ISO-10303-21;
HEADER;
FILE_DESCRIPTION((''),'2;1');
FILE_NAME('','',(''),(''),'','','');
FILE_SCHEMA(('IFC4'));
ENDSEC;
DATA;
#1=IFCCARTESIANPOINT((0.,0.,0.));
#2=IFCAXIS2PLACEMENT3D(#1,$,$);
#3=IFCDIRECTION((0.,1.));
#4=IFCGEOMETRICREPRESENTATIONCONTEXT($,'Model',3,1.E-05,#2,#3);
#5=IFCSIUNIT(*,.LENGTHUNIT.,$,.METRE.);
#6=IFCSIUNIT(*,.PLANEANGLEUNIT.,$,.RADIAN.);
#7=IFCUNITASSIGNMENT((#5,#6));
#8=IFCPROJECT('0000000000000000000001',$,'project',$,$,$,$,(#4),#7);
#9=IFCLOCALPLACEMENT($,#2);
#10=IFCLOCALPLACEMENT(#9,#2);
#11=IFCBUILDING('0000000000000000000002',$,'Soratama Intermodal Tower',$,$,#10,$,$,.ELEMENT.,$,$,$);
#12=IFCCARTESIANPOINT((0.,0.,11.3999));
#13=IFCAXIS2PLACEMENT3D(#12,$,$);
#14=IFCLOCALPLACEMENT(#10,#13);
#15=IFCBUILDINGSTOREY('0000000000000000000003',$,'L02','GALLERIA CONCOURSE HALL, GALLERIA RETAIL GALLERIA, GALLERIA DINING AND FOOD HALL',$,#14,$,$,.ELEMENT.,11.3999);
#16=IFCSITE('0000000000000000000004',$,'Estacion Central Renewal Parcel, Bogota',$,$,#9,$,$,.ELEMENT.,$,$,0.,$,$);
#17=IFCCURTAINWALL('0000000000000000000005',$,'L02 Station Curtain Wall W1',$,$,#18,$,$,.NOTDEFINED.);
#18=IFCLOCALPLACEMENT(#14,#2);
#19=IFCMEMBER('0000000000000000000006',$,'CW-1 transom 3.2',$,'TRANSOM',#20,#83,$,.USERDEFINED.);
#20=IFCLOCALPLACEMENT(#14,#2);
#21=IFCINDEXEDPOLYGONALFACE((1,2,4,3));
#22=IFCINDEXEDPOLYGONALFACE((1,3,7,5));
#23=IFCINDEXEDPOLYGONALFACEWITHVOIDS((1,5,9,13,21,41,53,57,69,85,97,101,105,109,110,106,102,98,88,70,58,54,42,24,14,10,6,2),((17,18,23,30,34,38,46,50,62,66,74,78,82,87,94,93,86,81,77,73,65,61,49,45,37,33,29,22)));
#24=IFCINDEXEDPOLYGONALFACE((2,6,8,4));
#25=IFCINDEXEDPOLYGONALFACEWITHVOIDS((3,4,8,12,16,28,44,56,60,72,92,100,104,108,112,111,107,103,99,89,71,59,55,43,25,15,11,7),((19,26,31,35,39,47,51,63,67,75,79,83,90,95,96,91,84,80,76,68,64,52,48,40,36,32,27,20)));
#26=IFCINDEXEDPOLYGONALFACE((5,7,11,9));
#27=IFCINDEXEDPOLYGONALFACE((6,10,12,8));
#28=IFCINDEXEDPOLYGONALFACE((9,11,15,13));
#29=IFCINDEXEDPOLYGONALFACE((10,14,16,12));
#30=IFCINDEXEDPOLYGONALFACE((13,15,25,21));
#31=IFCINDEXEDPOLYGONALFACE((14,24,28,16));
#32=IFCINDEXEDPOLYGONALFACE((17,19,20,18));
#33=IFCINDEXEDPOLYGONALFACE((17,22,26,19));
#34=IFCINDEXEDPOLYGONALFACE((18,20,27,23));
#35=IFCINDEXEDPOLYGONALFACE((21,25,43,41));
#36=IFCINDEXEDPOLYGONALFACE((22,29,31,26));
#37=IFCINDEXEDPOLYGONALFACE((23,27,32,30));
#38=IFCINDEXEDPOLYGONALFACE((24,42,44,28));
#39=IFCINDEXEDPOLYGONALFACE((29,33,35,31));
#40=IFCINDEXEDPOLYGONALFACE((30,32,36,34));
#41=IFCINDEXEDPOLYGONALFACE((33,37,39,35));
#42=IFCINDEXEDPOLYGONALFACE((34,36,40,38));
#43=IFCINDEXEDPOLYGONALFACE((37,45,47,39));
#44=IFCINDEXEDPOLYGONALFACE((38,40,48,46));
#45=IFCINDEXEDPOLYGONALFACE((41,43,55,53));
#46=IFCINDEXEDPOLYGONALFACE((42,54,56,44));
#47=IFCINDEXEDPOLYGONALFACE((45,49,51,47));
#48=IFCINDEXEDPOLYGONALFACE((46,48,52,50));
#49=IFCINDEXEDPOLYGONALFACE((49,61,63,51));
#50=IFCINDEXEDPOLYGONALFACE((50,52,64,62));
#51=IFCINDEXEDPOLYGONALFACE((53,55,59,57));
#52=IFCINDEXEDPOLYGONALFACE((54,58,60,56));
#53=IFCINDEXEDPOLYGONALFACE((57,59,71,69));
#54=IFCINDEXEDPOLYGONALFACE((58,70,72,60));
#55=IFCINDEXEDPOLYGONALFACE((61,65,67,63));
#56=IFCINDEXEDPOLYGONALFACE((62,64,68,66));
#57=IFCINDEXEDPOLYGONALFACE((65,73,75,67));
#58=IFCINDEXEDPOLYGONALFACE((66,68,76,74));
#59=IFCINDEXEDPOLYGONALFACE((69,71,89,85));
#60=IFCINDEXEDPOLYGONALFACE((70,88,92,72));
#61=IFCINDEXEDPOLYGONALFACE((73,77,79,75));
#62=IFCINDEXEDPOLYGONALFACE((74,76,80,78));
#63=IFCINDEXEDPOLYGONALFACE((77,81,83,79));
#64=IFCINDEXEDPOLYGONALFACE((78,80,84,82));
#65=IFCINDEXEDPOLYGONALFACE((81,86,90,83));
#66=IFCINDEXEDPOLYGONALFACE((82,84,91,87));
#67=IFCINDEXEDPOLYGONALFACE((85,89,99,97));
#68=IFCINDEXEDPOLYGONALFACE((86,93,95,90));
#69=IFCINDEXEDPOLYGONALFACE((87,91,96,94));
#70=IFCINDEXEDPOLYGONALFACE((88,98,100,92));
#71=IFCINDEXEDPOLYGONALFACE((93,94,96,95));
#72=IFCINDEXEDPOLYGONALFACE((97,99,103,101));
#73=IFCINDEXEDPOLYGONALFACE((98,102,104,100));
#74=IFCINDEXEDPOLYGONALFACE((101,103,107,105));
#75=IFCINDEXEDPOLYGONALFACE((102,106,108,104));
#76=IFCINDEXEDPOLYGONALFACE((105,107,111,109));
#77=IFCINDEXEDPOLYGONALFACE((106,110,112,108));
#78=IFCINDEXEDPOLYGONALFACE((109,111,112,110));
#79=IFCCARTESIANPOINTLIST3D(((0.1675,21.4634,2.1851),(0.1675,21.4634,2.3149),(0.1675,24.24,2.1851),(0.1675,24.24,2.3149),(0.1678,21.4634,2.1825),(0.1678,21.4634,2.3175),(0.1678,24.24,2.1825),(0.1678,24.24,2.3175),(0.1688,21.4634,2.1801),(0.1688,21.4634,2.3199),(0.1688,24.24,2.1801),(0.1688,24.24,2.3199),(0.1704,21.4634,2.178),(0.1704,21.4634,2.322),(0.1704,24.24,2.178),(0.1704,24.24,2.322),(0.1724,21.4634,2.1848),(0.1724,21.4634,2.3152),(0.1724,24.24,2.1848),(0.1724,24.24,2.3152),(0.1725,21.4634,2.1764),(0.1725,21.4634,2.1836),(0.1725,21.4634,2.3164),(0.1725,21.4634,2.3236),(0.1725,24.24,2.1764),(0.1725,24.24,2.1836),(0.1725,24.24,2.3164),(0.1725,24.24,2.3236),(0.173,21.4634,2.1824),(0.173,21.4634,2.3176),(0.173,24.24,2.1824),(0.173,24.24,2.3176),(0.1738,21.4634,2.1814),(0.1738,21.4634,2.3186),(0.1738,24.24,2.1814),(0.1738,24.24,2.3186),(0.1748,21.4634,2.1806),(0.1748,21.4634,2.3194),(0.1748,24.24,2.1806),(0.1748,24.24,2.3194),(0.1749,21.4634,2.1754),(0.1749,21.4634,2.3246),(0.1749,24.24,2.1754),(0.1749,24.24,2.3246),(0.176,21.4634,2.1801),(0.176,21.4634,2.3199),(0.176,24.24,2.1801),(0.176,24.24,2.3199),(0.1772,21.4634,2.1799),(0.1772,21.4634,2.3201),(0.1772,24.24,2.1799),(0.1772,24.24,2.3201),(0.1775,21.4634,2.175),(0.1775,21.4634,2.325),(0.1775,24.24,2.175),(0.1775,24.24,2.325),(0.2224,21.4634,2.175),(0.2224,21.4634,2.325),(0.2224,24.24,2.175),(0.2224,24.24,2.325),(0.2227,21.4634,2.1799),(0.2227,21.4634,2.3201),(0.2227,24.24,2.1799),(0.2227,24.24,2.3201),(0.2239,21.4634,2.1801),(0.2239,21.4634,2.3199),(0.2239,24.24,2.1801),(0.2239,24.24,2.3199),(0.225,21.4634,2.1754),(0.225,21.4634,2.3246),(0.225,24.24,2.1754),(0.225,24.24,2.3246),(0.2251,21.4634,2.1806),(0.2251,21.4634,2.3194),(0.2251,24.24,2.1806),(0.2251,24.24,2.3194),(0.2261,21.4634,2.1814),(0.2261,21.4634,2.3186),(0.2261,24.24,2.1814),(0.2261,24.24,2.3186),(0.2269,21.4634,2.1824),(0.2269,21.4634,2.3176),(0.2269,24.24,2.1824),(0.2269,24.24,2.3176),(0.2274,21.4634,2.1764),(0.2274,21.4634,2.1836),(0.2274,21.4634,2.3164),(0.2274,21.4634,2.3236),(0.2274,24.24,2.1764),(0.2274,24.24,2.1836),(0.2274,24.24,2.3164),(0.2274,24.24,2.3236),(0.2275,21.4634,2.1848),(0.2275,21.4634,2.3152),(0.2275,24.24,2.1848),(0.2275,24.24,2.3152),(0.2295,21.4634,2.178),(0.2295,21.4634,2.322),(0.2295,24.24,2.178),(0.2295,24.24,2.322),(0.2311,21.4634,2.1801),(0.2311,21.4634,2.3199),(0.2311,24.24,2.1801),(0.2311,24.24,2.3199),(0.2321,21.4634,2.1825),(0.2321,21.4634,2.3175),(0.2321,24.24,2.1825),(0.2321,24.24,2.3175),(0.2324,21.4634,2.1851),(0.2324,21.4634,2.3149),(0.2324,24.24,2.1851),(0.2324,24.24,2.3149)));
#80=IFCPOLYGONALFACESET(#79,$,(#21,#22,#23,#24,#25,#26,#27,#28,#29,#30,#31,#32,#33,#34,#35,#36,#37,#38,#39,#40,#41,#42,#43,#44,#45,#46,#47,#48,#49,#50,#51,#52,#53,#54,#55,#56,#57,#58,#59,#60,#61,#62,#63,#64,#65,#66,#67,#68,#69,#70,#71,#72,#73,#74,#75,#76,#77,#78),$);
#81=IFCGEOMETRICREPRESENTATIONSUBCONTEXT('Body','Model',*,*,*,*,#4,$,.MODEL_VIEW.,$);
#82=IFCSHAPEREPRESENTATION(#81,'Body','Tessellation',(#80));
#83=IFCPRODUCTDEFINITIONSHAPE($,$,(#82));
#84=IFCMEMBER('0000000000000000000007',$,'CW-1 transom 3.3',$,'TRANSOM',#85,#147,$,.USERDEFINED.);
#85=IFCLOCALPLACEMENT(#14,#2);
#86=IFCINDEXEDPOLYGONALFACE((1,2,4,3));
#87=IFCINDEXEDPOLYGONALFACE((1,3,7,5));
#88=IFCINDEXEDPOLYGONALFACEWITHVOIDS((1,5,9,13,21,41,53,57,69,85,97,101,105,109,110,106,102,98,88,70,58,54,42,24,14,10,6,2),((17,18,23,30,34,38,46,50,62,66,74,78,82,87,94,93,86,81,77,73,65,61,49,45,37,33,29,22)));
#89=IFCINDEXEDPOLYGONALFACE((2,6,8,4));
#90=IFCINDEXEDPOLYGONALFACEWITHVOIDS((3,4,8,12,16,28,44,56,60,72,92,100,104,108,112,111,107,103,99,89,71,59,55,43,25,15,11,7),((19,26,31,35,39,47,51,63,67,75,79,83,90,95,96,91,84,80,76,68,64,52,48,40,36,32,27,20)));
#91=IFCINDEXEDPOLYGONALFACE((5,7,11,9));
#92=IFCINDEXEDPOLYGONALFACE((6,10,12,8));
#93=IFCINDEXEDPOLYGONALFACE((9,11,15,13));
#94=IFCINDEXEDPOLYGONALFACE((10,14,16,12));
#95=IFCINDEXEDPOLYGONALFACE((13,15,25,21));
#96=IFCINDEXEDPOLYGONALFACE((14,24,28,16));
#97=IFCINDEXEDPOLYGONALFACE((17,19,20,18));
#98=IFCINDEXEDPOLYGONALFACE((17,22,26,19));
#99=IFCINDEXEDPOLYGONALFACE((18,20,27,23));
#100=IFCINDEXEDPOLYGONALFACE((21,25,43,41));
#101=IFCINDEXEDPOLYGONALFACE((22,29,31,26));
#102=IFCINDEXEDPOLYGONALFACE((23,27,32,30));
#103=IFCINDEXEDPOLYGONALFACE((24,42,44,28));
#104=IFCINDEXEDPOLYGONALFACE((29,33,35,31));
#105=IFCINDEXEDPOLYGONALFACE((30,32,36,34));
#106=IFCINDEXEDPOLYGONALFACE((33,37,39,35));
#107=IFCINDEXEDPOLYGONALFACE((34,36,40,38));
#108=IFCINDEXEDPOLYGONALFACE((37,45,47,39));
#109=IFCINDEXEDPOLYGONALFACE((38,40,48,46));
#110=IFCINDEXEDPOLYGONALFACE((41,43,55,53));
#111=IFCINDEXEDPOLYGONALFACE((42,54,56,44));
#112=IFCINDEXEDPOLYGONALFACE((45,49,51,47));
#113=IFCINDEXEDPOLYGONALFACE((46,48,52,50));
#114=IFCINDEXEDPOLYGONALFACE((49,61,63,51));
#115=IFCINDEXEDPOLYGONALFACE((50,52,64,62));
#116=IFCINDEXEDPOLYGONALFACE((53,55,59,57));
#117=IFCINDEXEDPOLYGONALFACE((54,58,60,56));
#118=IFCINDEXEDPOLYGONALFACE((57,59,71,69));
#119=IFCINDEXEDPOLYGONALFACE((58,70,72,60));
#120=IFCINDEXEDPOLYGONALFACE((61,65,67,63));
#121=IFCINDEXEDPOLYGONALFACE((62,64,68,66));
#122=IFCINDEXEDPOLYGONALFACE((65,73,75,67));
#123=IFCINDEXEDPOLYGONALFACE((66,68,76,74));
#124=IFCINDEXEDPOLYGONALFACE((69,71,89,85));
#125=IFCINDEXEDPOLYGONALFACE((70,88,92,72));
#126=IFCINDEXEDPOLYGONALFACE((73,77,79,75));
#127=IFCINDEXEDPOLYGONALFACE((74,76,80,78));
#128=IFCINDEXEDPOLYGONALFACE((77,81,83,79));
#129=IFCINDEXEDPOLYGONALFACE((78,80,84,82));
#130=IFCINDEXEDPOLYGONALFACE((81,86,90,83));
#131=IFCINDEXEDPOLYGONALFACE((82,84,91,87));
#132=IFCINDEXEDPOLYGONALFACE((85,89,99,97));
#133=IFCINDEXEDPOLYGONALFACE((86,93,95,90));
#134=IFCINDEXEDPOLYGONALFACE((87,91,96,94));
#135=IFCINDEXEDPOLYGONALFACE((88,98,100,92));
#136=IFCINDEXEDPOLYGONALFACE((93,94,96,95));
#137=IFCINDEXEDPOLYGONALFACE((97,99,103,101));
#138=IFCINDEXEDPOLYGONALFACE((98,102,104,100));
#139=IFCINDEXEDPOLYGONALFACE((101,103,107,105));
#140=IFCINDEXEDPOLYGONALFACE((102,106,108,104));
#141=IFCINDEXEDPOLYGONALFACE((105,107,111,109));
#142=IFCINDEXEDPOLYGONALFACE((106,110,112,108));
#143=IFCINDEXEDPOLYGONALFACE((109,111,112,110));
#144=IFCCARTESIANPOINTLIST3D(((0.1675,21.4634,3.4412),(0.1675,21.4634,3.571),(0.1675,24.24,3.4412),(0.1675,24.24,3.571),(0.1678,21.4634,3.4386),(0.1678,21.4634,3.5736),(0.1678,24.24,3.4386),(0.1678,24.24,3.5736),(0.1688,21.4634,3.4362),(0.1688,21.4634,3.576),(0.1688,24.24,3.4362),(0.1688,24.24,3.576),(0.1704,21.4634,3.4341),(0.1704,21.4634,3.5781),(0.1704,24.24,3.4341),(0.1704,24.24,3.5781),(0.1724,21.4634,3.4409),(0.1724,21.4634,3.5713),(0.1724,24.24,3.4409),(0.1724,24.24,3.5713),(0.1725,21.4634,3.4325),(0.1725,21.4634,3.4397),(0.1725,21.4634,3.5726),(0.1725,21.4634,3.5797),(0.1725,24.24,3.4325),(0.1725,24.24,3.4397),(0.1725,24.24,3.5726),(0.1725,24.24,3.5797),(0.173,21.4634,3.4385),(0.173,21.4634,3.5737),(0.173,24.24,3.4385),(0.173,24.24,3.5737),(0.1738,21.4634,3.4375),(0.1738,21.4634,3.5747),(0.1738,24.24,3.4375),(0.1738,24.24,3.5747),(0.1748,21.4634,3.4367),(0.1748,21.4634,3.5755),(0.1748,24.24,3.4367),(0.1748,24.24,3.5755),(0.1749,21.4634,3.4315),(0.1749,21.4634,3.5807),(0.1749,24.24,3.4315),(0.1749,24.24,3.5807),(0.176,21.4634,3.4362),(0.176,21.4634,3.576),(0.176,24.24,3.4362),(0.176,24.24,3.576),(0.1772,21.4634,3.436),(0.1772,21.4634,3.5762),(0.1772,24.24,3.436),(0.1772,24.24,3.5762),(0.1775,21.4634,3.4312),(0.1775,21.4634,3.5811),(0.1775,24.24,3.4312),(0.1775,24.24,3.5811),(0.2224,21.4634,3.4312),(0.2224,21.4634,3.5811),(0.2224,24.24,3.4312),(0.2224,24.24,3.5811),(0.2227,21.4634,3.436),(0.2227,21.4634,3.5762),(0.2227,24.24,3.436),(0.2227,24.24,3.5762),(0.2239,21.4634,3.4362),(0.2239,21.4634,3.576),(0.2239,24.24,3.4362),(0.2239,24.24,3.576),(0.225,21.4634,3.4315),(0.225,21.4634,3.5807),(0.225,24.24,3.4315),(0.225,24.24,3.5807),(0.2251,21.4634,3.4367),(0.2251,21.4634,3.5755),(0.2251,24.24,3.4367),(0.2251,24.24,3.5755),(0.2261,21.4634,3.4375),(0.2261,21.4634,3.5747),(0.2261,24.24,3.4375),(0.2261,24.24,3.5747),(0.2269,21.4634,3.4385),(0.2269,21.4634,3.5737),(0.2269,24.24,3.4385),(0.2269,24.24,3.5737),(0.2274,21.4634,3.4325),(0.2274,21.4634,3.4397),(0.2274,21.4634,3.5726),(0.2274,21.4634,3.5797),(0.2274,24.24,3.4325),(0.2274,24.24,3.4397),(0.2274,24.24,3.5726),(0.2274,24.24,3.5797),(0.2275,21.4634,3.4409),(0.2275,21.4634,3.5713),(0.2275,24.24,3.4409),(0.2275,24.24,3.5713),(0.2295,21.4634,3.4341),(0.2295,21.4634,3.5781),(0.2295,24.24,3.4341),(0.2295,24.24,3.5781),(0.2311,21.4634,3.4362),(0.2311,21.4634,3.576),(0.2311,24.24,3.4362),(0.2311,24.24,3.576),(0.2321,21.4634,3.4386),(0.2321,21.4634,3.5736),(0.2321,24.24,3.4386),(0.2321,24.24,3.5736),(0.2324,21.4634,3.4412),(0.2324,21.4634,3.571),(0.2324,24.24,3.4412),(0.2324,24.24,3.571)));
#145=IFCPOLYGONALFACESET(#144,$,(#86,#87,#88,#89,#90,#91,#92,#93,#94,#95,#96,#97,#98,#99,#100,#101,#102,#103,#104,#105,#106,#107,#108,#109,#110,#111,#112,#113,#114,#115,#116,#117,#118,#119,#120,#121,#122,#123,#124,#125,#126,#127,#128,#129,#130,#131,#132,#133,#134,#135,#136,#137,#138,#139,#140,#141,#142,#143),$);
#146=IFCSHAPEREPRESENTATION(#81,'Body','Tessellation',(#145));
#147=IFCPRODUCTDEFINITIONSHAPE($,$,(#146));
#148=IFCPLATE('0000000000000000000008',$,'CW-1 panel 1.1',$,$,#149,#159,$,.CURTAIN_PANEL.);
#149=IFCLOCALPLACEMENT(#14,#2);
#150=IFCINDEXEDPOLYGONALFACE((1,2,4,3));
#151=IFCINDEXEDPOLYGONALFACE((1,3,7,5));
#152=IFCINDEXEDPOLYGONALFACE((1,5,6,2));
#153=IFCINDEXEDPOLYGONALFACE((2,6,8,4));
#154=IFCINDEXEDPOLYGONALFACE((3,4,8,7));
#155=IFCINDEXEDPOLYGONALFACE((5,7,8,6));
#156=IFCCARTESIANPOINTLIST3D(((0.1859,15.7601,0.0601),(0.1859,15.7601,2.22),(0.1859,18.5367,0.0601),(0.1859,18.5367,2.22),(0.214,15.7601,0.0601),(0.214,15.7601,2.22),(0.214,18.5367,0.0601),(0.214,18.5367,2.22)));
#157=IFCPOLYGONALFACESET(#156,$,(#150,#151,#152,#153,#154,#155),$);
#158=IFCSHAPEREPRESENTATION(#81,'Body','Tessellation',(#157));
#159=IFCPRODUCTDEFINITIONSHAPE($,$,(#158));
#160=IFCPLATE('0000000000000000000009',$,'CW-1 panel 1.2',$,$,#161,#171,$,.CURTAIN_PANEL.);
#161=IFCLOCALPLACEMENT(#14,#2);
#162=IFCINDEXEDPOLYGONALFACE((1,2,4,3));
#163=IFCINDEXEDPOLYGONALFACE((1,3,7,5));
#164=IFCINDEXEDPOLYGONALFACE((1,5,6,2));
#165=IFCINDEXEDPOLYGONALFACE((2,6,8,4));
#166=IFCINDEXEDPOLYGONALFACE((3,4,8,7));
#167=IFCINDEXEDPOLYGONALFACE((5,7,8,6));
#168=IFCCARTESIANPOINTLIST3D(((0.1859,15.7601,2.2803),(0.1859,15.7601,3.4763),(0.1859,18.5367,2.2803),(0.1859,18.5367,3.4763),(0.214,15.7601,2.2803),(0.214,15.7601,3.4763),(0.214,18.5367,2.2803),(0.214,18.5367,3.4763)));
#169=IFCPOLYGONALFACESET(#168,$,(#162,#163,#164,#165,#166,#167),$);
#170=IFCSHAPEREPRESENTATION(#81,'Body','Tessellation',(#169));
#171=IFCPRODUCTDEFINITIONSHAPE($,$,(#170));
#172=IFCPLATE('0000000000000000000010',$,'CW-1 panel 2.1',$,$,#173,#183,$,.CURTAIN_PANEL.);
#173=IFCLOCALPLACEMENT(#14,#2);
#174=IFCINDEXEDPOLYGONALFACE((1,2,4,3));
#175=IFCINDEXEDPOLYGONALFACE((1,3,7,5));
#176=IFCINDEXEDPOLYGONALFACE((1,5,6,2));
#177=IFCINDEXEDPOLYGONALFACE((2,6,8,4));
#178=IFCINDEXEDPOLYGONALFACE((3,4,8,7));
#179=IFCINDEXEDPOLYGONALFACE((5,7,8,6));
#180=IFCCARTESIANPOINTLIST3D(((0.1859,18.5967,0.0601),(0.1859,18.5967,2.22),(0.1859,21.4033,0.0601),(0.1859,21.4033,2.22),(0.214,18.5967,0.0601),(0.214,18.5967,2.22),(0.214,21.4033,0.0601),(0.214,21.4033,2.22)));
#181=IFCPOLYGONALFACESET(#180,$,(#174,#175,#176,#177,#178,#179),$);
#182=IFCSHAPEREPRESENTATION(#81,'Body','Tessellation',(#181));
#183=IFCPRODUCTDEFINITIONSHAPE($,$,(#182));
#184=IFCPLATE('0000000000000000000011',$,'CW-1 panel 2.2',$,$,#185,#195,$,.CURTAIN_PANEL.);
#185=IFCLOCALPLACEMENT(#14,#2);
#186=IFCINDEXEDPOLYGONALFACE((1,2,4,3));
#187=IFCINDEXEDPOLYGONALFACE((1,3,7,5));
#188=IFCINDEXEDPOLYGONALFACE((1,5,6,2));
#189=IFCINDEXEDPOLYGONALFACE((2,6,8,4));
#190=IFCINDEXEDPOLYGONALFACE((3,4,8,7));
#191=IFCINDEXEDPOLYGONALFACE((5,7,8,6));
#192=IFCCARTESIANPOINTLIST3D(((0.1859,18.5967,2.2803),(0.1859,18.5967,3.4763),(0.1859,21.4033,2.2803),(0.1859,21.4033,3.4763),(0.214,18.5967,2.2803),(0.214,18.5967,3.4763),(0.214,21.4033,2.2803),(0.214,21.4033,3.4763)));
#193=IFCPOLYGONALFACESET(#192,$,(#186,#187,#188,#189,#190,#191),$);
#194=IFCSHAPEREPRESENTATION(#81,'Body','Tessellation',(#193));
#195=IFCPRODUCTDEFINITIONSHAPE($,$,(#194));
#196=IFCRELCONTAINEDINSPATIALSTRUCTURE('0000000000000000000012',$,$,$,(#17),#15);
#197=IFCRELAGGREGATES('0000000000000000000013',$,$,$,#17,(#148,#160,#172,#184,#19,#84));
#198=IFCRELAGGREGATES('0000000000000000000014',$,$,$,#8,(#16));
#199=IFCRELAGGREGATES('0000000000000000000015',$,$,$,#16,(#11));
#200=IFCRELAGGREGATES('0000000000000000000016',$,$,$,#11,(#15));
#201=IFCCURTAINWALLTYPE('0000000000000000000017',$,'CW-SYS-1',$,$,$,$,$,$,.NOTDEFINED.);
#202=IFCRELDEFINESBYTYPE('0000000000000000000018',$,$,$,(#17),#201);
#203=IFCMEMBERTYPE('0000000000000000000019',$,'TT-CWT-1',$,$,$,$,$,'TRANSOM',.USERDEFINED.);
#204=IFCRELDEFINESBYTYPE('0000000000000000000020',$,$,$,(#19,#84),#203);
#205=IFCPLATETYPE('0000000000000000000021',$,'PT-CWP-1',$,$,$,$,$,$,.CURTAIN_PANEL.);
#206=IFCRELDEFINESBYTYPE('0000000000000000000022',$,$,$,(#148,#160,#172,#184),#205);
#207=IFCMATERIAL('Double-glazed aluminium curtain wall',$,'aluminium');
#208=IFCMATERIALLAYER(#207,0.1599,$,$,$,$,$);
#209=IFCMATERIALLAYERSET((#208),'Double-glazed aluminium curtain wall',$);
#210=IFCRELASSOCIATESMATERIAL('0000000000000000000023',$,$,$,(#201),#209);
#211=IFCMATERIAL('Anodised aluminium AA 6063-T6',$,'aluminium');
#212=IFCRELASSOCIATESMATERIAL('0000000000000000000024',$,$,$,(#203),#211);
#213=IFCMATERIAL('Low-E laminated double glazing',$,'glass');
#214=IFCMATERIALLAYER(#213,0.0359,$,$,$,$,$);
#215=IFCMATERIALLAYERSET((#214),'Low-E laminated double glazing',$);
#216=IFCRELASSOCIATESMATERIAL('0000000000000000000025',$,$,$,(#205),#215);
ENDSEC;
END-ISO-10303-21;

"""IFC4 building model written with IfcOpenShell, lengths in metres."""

from ifc_helpers import new_model, si_unit, direction, frame, origin, origin_2d, place, context, subcontext, project, spatial, rectangle, hollow_rectangle, extrude, material, layer, layer_set, material_profile, profile_set, type_object, element, aggregate, save


model = new_model("IFC4")

# Units and contexts
model_context = context("Model", 3, precision=1e-05, world=origin(), true_north=direction((0.0, 1.0)))
body_context = subcontext(model_context, "Body", "Model", "MODEL_VIEW")
ifc_project = project(units=[si_unit("LENGTHUNIT", "METRE"), si_unit("PLANEANGLEUNIT", "RADIAN")], contexts=[model_context])

# Site, building, storey
site_placement = place(None, origin())
site = spatial("IfcSite", under=ifc_project, at=site_placement, Name="Estacion Central Renewal Parcel, Bogota", CompositionType="ELEMENT", RefElevation=0.0)
building_placement = place(site_placement, origin())
building = spatial("IfcBuilding", under=site, at=building_placement, Name="Soratama Intermodal Tower", CompositionType="ELEMENT")
storey_placement = place(building_placement, frame((0.0, 0.0, 11.3999)))
storey = spatial("IfcBuildingStorey", under=building, at=storey_placement, Name="L02", Description="GALLERIA CONCOURSE HALL, GALLERIA RETAIL GALLERIA, GALLERIA DINING AND FOOD HALL", CompositionType="ELEMENT", Elevation=11.3999)

# Curtain wall, members, plates
ifc_material_1 = material(Name="Double-glazed aluminium curtain wall", Category="aluminium")
ifc_layer_1 = layer(ifc_material_1, 0.1599)
ifc_layer_set_1 = layer_set([ifc_layer_1], Name="Double-glazed aluminium curtain wall")
curtain_wall_type = type_object("IfcCurtainWallType", Name="CW-SYS-1", PredefinedType="NOTDEFINED", material=ifc_layer_set_1)
curtain_wall_placement = place(storey_placement, origin())
curtain_wall = element("IfcCurtainWall", 1, at=curtain_wall_placement, inside=storey, type_object=curtain_wall_type, Name="L02 Station Curtain Wall W1", PredefinedType="NOTDEFINED")
ifc_material_2 = material(Name="Anodised aluminium AA 6063-T6", Category="aluminium")
ifc_material_profile_1 = material_profile(ifc_material_2, hollow_rectangle(XDim=0.0649, YDim=0.1499, WallThickness=0.0049, InnerFilletRadius=0.0049, OuterFilletRadius=0.01, at=origin_2d()), Name="CWT150X65X5")
ifc_profile_set_1 = profile_set([ifc_material_profile_1], Name="Anodised aluminium AA 6063-T6")
member_type_1 = type_object("IfcMemberType", Name="TT-CWT-1", ElementType="TRANSOM", PredefinedType="USERDEFINED", material=ifc_profile_set_1)
member_1_placement = place(storey_placement, frame((0.2, 21.4634, 2.25), z_axis=(0.0, 1.0, 0.0), x_axis=(-1.0, 0.0, 0.0)))
member_1 = element("IfcMember", 2, at=member_1_placement, type_object=member_type_1, Name="CW-1 transom 3.2", ObjectType="TRANSOM", PredefinedType="USERDEFINED", context=body_context, shape_type="SweptSolid", body=[
    extrude(hollow_rectangle(XDim=0.0649, YDim=0.1499, WallThickness=0.0049, InnerFilletRadius=0.0049, OuterFilletRadius=0.01, at=origin_2d()), origin(), (0.0, 0.0, 1.0), 2.7766),
])
member_2_placement = place(storey_placement, frame((0.2, 21.4634, 3.5061), z_axis=(0.0, 1.0, 0.0), x_axis=(-1.0, 0.0, 0.0)))
member_2 = element("IfcMember", 3, at=member_2_placement, type_object=member_type_1, Name="CW-1 transom 3.3", ObjectType="TRANSOM", PredefinedType="USERDEFINED", context=body_context, shape_type="SweptSolid", body=[
    extrude(hollow_rectangle(XDim=0.0649, YDim=0.1499, WallThickness=0.0049, InnerFilletRadius=0.0049, OuterFilletRadius=0.01, at=origin_2d()), origin(), (0.0, 0.0, 1.0), 2.7766),
])
ifc_material_3 = material(Name="Low-E laminated double glazing", Category="glass")
ifc_layer_2 = layer(ifc_material_3, 0.0359)
ifc_layer_set_2 = layer_set([ifc_layer_2], Name="Low-E laminated double glazing")
plate_type = type_object("IfcPlateType", Name="PT-CWP-1", PredefinedType="CURTAIN_PANEL", material=ifc_layer_set_2)
plate_1_placement = place(storey_placement, frame((0.2, 17.1484, 0.0601), z_axis=(0.0, 0.0, 1.0), x_axis=(0.0, 1.0, 0.0)))
plate_1 = element("IfcPlate", 4, at=plate_1_placement, type_object=plate_type, Name="CW-1 panel 1.1", PredefinedType="CURTAIN_PANEL", context=body_context, shape_type="SweptSolid", body=[
    extrude(rectangle(XDim=2.7766, YDim=0.0281, at=origin_2d()), origin(), (0.0, 0.0, 1.0), 2.1599),
])
plate_2_placement = place(storey_placement, frame((0.2, 17.1484, 2.2803), z_axis=(0.0, 0.0, 1.0), x_axis=(0.0, 1.0, 0.0)))
plate_2 = element("IfcPlate", 5, at=plate_2_placement, type_object=plate_type, Name="CW-1 panel 1.2", PredefinedType="CURTAIN_PANEL", context=body_context, shape_type="SweptSolid", body=[
    extrude(rectangle(XDim=2.7766, YDim=0.0281, at=origin_2d()), origin(), (0.0, 0.0, 1.0), 1.196),
])
plate_3_placement = place(storey_placement, frame((0.2, 20.0, 0.0601), z_axis=(0.0, 0.0, 1.0), x_axis=(0.0, 1.0, 0.0)))
plate_3 = element("IfcPlate", 6, at=plate_3_placement, type_object=plate_type, Name="CW-1 panel 2.1", PredefinedType="CURTAIN_PANEL", context=body_context, shape_type="SweptSolid", body=[
    extrude(rectangle(XDim=2.8066, YDim=0.0281, at=origin_2d()), origin(), (0.0, 0.0, 1.0), 2.1599),
])
plate_4_placement = place(storey_placement, frame((0.2, 20.0, 2.2803), z_axis=(0.0, 0.0, 1.0), x_axis=(0.0, 1.0, 0.0)))
plate_4 = element("IfcPlate", 7, at=plate_4_placement, type_object=plate_type, Name="CW-1 panel 2.2", PredefinedType="CURTAIN_PANEL", context=body_context, shape_type="SweptSolid", body=[
    extrude(rectangle(XDim=2.8066, YDim=0.0281, at=origin_2d()), origin(), (0.0, 0.0, 1.0), 1.196),
])
aggregate(curtain_wall, [plate_1, plate_2, plate_3, plate_4, member_1, member_2])

save(model, "model.ifc")
